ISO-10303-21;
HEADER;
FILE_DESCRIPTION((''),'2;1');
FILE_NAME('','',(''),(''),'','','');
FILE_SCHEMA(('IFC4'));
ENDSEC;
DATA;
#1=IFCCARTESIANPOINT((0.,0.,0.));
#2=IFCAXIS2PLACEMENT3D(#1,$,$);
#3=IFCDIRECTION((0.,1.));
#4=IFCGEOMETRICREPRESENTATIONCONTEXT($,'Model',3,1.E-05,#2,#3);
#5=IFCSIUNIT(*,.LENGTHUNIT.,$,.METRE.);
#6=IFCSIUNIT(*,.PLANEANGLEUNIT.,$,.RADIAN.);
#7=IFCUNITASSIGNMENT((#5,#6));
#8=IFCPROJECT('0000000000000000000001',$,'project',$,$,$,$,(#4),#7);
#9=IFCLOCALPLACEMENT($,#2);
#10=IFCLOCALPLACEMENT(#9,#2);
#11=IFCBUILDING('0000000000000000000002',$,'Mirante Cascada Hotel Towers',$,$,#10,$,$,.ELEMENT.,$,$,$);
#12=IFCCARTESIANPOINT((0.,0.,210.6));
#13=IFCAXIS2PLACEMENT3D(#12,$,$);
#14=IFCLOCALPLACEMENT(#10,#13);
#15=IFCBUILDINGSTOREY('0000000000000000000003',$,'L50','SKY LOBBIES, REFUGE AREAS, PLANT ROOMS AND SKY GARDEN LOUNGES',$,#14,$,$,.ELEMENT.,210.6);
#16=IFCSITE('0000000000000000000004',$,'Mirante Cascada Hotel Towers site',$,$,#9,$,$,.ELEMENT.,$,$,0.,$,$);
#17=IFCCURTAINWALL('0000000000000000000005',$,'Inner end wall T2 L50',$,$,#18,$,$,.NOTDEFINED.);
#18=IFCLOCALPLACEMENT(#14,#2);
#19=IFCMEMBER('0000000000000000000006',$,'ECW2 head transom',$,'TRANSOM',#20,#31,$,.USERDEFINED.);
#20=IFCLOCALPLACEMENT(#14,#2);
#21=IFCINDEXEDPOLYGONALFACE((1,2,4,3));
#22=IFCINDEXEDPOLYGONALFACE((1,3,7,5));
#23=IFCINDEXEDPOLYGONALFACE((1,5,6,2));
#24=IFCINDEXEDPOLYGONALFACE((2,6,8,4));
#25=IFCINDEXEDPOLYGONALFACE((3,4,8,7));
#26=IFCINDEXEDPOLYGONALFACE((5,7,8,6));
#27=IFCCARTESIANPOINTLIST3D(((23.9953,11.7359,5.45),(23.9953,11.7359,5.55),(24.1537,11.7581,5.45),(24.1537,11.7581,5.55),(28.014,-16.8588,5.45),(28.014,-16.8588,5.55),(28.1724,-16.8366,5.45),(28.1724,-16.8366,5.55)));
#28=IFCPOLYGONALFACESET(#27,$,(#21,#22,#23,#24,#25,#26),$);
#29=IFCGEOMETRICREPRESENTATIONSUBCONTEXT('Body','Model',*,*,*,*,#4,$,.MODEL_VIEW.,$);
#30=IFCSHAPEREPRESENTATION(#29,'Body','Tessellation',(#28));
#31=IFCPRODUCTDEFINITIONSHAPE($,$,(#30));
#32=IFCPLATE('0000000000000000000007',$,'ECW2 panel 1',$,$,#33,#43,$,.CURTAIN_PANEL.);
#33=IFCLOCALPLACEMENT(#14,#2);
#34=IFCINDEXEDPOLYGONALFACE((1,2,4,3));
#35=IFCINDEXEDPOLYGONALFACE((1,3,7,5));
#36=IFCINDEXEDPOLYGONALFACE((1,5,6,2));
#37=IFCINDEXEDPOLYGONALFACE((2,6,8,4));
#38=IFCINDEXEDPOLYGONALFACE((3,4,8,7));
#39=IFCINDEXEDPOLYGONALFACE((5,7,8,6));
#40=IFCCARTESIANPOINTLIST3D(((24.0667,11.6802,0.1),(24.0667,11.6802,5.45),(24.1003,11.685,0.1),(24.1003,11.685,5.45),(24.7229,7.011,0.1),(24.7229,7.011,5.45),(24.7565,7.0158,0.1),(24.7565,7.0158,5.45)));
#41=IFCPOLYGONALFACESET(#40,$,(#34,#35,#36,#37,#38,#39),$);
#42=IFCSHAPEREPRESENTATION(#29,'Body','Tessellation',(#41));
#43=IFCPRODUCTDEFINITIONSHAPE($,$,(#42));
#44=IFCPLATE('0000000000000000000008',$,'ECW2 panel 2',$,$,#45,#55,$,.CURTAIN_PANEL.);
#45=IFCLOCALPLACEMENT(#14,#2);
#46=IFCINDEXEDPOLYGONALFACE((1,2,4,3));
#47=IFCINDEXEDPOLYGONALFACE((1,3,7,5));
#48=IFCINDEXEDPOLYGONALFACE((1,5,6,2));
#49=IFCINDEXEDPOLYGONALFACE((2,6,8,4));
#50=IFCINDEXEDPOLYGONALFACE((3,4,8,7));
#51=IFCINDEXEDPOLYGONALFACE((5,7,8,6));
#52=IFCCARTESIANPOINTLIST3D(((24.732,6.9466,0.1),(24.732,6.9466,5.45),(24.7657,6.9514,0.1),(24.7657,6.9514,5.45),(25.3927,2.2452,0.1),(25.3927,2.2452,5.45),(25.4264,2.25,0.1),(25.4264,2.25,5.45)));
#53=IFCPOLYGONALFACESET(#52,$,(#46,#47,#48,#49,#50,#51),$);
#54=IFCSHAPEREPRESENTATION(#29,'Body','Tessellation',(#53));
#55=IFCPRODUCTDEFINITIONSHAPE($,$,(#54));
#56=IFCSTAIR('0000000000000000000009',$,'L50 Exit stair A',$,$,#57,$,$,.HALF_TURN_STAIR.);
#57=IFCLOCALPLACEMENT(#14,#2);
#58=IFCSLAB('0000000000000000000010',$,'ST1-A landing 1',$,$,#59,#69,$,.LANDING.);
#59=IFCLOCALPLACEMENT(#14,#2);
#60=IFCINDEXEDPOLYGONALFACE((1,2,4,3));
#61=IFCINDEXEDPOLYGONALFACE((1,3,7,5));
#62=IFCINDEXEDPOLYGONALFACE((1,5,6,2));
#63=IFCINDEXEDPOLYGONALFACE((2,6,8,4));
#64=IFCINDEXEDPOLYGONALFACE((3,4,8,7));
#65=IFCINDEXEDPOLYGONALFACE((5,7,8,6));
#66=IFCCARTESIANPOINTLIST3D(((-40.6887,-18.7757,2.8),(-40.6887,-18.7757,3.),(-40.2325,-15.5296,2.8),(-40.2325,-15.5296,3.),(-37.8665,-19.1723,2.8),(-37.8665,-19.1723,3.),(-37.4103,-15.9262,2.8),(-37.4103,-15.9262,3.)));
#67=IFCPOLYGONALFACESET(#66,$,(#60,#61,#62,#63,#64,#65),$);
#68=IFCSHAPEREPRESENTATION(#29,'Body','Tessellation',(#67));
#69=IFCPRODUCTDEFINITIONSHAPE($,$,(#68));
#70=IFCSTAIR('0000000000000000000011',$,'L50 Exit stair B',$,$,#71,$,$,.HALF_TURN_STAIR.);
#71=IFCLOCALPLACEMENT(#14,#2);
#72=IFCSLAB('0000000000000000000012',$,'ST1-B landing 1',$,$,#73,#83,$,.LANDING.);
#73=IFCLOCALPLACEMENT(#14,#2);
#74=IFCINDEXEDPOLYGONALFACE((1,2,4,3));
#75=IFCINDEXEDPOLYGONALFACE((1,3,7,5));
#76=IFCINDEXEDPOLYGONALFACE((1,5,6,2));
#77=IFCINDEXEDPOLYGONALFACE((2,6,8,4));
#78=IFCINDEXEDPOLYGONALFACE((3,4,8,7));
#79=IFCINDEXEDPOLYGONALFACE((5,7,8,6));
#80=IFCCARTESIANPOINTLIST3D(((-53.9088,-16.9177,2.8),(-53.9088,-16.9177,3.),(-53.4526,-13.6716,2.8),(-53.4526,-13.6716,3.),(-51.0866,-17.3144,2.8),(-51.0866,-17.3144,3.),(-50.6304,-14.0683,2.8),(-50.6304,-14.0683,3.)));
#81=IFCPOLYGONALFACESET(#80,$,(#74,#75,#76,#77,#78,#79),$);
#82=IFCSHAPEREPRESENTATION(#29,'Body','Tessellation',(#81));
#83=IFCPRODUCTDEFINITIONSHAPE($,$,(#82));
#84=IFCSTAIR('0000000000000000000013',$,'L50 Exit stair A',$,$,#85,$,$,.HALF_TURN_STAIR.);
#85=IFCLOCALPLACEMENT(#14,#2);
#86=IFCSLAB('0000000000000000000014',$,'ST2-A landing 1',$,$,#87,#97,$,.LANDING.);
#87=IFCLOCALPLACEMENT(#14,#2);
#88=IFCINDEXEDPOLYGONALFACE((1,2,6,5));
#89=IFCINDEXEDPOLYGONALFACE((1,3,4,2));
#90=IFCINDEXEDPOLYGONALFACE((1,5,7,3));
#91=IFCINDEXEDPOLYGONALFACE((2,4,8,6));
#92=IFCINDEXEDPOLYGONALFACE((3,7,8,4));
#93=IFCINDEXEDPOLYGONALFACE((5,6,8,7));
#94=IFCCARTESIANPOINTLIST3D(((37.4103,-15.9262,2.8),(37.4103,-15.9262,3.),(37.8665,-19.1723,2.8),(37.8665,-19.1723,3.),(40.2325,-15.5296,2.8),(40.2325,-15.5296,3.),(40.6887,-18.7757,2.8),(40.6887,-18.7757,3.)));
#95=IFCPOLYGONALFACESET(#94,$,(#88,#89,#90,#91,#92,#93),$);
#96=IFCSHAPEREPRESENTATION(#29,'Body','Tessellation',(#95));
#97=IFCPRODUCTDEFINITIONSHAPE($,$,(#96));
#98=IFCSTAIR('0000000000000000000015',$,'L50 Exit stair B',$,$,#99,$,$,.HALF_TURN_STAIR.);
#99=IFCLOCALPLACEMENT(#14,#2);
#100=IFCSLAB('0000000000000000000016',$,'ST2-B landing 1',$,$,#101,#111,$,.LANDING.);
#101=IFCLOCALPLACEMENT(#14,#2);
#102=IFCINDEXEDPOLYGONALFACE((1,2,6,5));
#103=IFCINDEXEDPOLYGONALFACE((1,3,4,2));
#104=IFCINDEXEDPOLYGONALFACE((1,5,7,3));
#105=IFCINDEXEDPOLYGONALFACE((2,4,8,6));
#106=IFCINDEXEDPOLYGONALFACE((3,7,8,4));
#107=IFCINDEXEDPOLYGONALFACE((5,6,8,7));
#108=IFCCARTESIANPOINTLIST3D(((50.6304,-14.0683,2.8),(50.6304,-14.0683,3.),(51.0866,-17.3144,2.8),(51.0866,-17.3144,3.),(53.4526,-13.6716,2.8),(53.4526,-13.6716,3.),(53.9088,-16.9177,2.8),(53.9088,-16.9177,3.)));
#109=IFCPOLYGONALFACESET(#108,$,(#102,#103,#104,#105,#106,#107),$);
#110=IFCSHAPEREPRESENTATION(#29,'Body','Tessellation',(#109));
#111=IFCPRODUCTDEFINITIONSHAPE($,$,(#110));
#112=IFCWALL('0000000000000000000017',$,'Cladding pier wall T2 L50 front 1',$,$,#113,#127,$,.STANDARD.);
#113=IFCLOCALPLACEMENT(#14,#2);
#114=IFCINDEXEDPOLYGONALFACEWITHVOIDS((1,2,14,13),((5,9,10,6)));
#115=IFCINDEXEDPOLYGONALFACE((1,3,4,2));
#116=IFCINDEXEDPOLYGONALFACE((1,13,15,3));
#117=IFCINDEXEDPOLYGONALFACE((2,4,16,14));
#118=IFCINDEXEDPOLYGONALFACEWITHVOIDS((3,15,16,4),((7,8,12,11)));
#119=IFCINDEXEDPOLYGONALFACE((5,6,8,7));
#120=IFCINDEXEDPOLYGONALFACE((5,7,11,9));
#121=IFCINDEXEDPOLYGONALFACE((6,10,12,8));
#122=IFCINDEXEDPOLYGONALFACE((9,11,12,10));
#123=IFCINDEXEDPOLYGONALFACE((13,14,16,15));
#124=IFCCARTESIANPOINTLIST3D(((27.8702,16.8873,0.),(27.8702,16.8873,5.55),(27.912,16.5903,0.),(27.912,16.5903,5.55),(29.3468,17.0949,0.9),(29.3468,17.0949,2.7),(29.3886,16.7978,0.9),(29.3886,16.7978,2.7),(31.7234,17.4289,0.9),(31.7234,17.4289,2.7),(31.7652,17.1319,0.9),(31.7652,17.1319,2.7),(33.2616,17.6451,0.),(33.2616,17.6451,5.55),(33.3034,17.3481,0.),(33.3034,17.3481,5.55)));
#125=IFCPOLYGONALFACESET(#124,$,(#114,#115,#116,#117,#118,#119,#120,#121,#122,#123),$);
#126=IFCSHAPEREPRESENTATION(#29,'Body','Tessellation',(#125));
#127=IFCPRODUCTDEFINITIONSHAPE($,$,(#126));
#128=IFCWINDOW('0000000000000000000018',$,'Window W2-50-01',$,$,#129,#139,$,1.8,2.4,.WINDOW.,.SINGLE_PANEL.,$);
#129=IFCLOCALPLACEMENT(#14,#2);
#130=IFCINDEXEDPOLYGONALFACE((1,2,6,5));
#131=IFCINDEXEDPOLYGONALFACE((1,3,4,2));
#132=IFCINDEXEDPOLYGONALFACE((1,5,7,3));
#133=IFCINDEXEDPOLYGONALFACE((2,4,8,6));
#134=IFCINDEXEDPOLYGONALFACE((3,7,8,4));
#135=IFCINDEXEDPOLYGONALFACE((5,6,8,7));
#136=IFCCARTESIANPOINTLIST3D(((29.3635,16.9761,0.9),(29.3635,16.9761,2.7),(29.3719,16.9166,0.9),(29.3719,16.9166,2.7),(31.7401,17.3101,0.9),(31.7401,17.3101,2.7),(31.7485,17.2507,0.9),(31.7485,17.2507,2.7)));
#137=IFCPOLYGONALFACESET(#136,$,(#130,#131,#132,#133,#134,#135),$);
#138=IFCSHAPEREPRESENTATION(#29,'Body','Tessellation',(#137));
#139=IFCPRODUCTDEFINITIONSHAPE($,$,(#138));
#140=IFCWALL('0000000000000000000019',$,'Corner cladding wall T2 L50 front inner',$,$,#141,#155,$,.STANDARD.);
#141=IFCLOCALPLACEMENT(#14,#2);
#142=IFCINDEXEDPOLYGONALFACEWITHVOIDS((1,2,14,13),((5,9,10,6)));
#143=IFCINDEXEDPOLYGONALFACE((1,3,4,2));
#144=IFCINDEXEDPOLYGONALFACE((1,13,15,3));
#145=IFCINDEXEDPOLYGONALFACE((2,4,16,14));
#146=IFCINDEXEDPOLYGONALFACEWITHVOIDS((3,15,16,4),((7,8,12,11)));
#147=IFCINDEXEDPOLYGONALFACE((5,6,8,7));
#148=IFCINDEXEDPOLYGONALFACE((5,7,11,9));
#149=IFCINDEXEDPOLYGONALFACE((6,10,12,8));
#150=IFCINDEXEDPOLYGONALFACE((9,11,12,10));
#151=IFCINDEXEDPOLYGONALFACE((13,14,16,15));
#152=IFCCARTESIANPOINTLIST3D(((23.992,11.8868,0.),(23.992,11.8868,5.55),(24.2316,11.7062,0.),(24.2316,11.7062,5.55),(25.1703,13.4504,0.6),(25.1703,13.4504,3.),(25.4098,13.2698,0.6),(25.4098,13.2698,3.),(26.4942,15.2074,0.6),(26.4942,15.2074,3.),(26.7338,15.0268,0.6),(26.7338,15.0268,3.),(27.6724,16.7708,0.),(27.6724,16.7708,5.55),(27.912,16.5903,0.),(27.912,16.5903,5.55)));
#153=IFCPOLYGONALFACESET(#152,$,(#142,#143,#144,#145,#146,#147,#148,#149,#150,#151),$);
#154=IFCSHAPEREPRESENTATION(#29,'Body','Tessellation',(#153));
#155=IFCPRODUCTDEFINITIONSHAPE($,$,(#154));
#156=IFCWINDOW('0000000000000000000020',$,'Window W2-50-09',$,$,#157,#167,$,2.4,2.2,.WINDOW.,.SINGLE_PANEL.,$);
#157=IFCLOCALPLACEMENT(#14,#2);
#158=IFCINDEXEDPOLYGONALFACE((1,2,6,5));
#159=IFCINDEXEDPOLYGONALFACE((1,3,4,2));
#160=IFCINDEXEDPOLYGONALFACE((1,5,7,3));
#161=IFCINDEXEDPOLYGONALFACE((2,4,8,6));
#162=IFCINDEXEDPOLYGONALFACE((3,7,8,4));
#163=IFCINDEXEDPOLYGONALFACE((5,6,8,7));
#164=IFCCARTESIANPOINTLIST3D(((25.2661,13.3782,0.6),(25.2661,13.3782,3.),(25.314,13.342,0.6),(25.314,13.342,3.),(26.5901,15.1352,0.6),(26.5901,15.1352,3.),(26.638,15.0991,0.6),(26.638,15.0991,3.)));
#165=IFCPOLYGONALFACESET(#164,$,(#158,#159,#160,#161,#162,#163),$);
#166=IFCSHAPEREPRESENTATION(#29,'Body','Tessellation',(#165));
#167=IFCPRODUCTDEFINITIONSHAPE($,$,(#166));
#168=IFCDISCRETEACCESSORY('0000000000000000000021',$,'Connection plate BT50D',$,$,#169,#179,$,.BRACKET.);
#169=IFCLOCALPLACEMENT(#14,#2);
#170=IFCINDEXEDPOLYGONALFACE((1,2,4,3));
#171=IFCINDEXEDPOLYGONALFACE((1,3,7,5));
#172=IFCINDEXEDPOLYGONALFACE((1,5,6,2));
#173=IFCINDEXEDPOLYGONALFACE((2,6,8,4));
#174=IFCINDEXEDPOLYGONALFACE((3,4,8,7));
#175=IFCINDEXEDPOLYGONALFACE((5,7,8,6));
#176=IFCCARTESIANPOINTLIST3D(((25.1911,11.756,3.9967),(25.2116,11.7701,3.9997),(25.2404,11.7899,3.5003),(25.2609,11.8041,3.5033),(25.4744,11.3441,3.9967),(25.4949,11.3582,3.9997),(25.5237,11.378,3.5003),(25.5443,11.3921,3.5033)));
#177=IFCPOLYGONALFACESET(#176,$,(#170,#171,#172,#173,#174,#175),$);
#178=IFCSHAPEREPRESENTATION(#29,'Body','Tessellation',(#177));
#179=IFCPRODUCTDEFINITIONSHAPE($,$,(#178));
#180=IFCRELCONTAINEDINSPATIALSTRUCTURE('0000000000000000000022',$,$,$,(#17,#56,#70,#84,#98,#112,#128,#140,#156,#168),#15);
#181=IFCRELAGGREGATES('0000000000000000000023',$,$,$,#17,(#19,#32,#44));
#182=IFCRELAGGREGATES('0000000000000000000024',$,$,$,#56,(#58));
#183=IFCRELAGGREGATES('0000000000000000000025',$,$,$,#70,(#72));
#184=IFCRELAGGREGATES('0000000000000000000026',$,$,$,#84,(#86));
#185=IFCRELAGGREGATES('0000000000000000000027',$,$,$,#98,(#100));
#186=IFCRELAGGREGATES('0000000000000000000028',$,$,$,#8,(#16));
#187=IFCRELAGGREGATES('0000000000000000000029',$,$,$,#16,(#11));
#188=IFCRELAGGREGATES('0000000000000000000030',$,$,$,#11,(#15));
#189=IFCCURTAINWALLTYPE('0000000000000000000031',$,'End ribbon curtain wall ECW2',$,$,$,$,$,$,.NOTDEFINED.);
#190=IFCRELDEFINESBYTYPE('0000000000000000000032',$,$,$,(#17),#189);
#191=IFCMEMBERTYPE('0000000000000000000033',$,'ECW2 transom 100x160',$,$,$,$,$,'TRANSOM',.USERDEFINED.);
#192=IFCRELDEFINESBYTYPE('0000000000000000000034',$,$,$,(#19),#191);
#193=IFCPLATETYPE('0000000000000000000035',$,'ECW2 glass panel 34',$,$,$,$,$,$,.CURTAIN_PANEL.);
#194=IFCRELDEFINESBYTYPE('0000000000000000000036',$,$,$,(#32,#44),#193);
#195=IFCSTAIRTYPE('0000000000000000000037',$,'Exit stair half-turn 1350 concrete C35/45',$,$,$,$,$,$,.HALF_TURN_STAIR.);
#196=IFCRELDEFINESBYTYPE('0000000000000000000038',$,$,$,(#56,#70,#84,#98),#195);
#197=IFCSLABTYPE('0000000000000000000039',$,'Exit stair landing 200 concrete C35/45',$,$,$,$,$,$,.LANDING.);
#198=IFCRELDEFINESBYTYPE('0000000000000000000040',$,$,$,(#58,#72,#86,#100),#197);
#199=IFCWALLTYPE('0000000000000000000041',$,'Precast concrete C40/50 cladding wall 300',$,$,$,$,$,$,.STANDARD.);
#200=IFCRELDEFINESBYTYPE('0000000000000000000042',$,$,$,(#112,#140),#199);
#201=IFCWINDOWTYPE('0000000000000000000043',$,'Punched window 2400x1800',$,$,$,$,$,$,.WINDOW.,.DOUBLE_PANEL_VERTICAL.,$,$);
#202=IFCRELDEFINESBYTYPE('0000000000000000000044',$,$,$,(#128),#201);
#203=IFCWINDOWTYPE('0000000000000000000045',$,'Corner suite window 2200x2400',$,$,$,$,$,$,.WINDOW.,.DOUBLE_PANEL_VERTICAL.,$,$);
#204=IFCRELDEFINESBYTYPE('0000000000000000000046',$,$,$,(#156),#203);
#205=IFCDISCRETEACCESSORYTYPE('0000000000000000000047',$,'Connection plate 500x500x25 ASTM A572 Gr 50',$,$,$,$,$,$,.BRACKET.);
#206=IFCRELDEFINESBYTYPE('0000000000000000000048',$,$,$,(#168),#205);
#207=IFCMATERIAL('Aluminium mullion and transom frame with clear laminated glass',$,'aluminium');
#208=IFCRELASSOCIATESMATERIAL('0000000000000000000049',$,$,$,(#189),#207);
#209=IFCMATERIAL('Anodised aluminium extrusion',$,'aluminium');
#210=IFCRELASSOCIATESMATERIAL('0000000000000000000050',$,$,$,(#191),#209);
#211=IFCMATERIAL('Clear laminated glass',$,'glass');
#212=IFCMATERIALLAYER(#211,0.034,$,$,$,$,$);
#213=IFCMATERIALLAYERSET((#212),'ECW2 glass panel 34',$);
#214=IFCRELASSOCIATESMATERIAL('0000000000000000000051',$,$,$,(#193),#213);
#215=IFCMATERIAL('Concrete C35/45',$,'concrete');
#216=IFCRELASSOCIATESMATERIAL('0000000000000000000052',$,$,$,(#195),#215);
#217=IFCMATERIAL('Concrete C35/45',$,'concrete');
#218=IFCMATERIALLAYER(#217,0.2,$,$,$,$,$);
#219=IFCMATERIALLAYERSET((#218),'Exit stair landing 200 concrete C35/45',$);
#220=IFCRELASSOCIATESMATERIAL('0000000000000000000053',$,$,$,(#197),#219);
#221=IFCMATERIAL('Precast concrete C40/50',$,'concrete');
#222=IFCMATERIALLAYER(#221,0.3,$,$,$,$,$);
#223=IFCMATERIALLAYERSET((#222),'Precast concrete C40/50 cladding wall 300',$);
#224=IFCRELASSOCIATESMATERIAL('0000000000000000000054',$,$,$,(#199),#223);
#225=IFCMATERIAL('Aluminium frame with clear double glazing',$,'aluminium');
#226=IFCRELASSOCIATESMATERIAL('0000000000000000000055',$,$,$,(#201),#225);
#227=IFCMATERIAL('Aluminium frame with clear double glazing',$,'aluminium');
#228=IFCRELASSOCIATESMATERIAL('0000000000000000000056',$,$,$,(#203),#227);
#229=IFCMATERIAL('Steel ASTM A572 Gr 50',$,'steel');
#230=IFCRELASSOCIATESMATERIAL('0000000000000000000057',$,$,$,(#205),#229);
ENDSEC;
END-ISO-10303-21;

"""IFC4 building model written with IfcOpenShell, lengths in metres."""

from ifc_helpers import new_model, si_unit, direction, frame, frame_2d, origin, origin_2d, place, context, subcontext, project, spatial, polyline, rectangle, outline, extrude, material, layer, layer_set, material_profile, profile_set, type_object, element, fill, aggregate, save


model = new_model("IFC4")

# Units and contexts
model_context = context("Model", 3, precision=1e-05, world=origin(), true_north=direction((0.0, 1.0)))
body_context = subcontext(model_context, "Body", "Model", "MODEL_VIEW")
ifc_project = project(units=[si_unit("LENGTHUNIT", "METRE"), si_unit("PLANEANGLEUNIT", "RADIAN")], contexts=[model_context])

# Site, building, storey
site_placement = place(None, origin())
site = spatial("IfcSite", under=ifc_project, at=site_placement, Name="Mirante Cascada Hotel Towers site", CompositionType="ELEMENT", RefElevation=0.0)
building_placement = place(site_placement, origin())
building = spatial("IfcBuilding", under=site, at=building_placement, Name="Mirante Cascada Hotel Towers", CompositionType="ELEMENT")
storey_placement = place(building_placement, frame((0.0, 0.0, 210.6)))
storey = spatial("IfcBuildingStorey", under=building, at=storey_placement, Name="L50", Description="SKY LOBBIES, REFUGE AREAS, PLANT ROOMS AND SKY GARDEN LOUNGES", CompositionType="ELEMENT", Elevation=210.6)

# Curtain wall, member, plates
ifc_material_1 = material(Name="Aluminium mullion and transom frame with clear laminated glass", Category="aluminium")
curtain_wall_type = type_object("IfcCurtainWallType", Name="End ribbon curtain wall ECW2", PredefinedType="NOTDEFINED", material=ifc_material_1)
curtain_wall_placement = place(storey_placement, origin())
curtain_wall = element("IfcCurtainWall", 1, at=curtain_wall_placement, inside=storey, type_object=curtain_wall_type, Name="Inner end wall T2 L50", PredefinedType="NOTDEFINED")
ifc_material_2 = material(Name="Anodised aluminium extrusion", Category="aluminium")
ifc_material_profile_1 = material_profile(ifc_material_2, rectangle(XDim=0.16, YDim=0.1, at=origin_2d()), Name="ECW2 TRANSOM 100x160")
ifc_profile_set_1 = profile_set([ifc_material_profile_1], Name="Anodised aluminium extrusion")
member_type_1 = type_object("IfcMemberType", Name="ECW2 transom 100x160", ElementType="TRANSOM", PredefinedType="USERDEFINED", material=ifc_profile_set_1)
member_1_placement = place(storey_placement, frame((24.0745, 11.747, 5.5), z_axis=(0.139172, -0.990268, 0.0), x_axis=(0.990268, 0.139172, 0.0)))
member_1 = element("IfcMember", 2, at=member_1_placement, type_object=member_type_1, Name="ECW2 head transom", ObjectType="TRANSOM", PredefinedType="USERDEFINED", context=body_context, shape_type="SweptSolid", body=[
    extrude(rectangle(XDim=0.16, YDim=0.1, at=origin_2d()), origin(), (0.0, 0.0, 1.0), 28.8757),
])
ifc_material_3 = material(Name="Clear laminated glass", Category="glass")
ifc_layer_1 = layer(ifc_material_3, 0.034)
ifc_layer_set_1 = layer_set([ifc_layer_1], Name="ECW2 glass panel 34")
plate_type = type_object("IfcPlateType", Name="ECW2 glass panel 34", PredefinedType="CURTAIN_PANEL", material=ifc_layer_set_1)
plate_1_placement = place(storey_placement, frame((24.4116, 9.348, 0.1), z_axis=(0.0, 0.0, 1.0), x_axis=(0.139173, -0.990268, 0.0)))
plate_1 = element("IfcPlate", 3, at=plate_1_placement, type_object=plate_type, Name="ECW2 panel 1", PredefinedType="CURTAIN_PANEL", context=body_context, shape_type="SweptSolid", body=[
    extrude(rectangle(XDim=4.7151, YDim=0.034, at=origin_2d()), origin(), (0.0, 0.0, 1.0), 5.35),
])
plate_2_placement = place(storey_placement, frame((25.0792, 4.5983, 0.1), z_axis=(0.0, 0.0, 1.0), x_axis=(0.139173, -0.990268, 0.0)))
plate_2 = element("IfcPlate", 4, at=plate_2_placement, type_object=plate_type, Name="ECW2 panel 2", PredefinedType="CURTAIN_PANEL", context=body_context, shape_type="SweptSolid", body=[
    extrude(rectangle(XDim=4.7476, YDim=0.034, at=origin_2d()), origin(), (0.0, 0.0, 1.0), 5.35),
])
aggregate(curtain_wall, [member_1, plate_1, plate_2])

# Stairs, slabs
ifc_material_4 = material(Name="Concrete C35/45", Category="concrete")
stair_type = type_object("IfcStairType", Name="Exit stair half-turn 1350 concrete C35/45", PredefinedType="HALF_TURN_STAIR", material=ifc_material_4)
stair_1_placement = place(storey_placement, origin())
stair_1 = element("IfcStair", 5, at=stair_1_placement, inside=storey, type_object=stair_type, Name="L50 Exit stair A", PredefinedType="HALF_TURN_STAIR")
ifc_material_5 = material(Name="Concrete C35/45", Category="concrete")
ifc_layer_2 = layer(ifc_material_5, 0.2)
ifc_layer_set_2 = layer_set([ifc_layer_2], Name="Exit stair landing 200 concrete C35/45")
slab_type = type_object("IfcSlabType", Name="Exit stair landing 200 concrete C35/45", PredefinedType="LANDING", material=ifc_layer_set_2)
slab_1_placement = place(storey_placement, frame((0.0, 0.0, 2.8)))
slab_1 = element("IfcSlab", 6, at=slab_1_placement, type_object=slab_type, Name="ST1-A landing 1", PredefinedType="LANDING", context=body_context, shape_type="SweptSolid", body=[
    extrude(outline(polyline([(-40.2325, -15.5296), (-40.6887, -18.7757), (-37.8665, -19.1723), (-37.4103, -15.9262), (-40.2325, -15.5296)])), origin(), (0.0, 0.0, 1.0), 0.2),
])
aggregate(stair_1, [slab_1])
stair_2_placement = place(storey_placement, origin())
stair_2 = element("IfcStair", 7, at=stair_2_placement, inside=storey, type_object=stair_type, Name="L50 Exit stair B", PredefinedType="HALF_TURN_STAIR")
slab_2_placement = place(storey_placement, frame((0.0, 0.0, 2.8)))
slab_2 = element("IfcSlab", 8, at=slab_2_placement, type_object=slab_type, Name="ST1-B landing 1", PredefinedType="LANDING", context=body_context, shape_type="SweptSolid", body=[
    extrude(outline(polyline([(-53.4526, -13.6716), (-53.9088, -16.9177), (-51.0866, -17.3144), (-50.6304, -14.0683), (-53.4526, -13.6716)])), origin(), (0.0, 0.0, 1.0), 0.2),
])
aggregate(stair_2, [slab_2])
stair_3_placement = place(storey_placement, origin())
stair_3 = element("IfcStair", 9, at=stair_3_placement, inside=storey, type_object=stair_type, Name="L50 Exit stair A", PredefinedType="HALF_TURN_STAIR")
slab_3_placement = place(storey_placement, frame((0.0, 0.0, 2.8)))
slab_3 = element("IfcSlab", 10, at=slab_3_placement, type_object=slab_type, Name="ST2-A landing 1", PredefinedType="LANDING", context=body_context, shape_type="SweptSolid", body=[
    extrude(outline(polyline([(37.4103, -15.9262), (37.8665, -19.1723), (40.6887, -18.7757), (40.2325, -15.5296), (37.4103, -15.9262)])), origin(), (0.0, 0.0, 1.0), 0.2),
])
aggregate(stair_3, [slab_3])
stair_4_placement = place(storey_placement, origin())
stair_4 = element("IfcStair", 11, at=stair_4_placement, inside=storey, type_object=stair_type, Name="L50 Exit stair B", PredefinedType="HALF_TURN_STAIR")
slab_4_placement = place(storey_placement, frame((0.0, 0.0, 2.8)))
slab_4 = element("IfcSlab", 12, at=slab_4_placement, type_object=slab_type, Name="ST2-B landing 1", PredefinedType="LANDING", context=body_context, shape_type="SweptSolid", body=[
    extrude(outline(polyline([(50.6304, -14.0683), (51.0866, -17.3144), (53.9088, -16.9177), (53.4526, -13.6716), (50.6304, -14.0683)])), origin(), (0.0, 0.0, 1.0), 0.2),
])
aggregate(stair_4, [slab_4])

# Walls, openings, windows
ifc_material_6 = material(Name="Precast concrete C40/50", Category="concrete")
ifc_layer_3 = layer(ifc_material_6, 0.3)
ifc_layer_set_3 = layer_set([ifc_layer_3], Name="Precast concrete C40/50 cladding wall 300")
wall_type = type_object("IfcWallType", Name="Precast concrete C40/50 cladding wall 300", PredefinedType="STANDARD", material=ifc_layer_set_3)
wall_1_placement = place(storey_placement, frame((27.8911, 16.7388, 0.0), z_axis=(0.0, 0.0, 1.0), x_axis=(0.990266, 0.139189, 0.0)))
wall_1 = element("IfcWall", 13, at=wall_1_placement, inside=storey, type_object=wall_type, Name="Cladding pier wall T2 L50 front 1", PredefinedType="STANDARD", context=body_context, shape_type="SweptSolid", body=[
    extrude(rectangle(XDim=5.4444, YDim=0.3, at=frame_2d((2.7222, 0.0))), origin(), (0.0, 0.0, 1.0), 5.55),
])
opening_1_placement = place(wall_1_placement, frame((1.4911, 0.0, 0.9)))
opening_1 = element("IfcOpeningElement", 14, at=opening_1_placement, cuts=wall_1, PredefinedType="OPENING", context=body_context, shape_type="SweptSolid", body=[
    extrude(rectangle(XDim=2.4, YDim=1.8, at=frame_2d((1.2, 0.9))), frame((0.0, 0.15, 0.0), z_axis=(0.0, -1.0, 0.0), x_axis=(1.0, 0.0, 0.0)), (0.0, 0.0, 1.0), 0.3),
])
ifc_material_7 = material(Name="Aluminium frame with clear double glazing", Category="aluminium")
window_type_1 = type_object("IfcWindowType", Name="Punched window 2400x1800", PartitioningType="DOUBLE_PANEL_VERTICAL", PredefinedType="WINDOW", material=ifc_material_7)
window_1_placement = place(opening_1_placement, origin())
window_1 = element("IfcWindow", 15, at=window_1_placement, inside=storey, type_object=window_type_1, Name="Window W2-50-01", OverallHeight=1.8, OverallWidth=2.4, PartitioningType="SINGLE_PANEL", PredefinedType="WINDOW", context=body_context, shape_type="SweptSolid", body=[
    extrude(rectangle(XDim=2.4, YDim=1.8, at=frame_2d((1.2, 0.9))), frame((0.0, 0.03, 0.0), z_axis=(0.0, -1.0, 0.0), x_axis=(1.0, 0.0, 0.0)), (0.0, 0.0, 1.0), 0.06),
])
fill(opening_1, window_1)
wall_2_placement = place(storey_placement, frame((27.7922, 16.6806, 0.0), z_axis=(0.0, 0.0, 1.0), x_axis=(-0.601812, -0.798638, 0.0)))
wall_2 = element("IfcWall", 16, at=wall_2_placement, inside=storey, type_object=wall_type, Name="Corner cladding wall T2 L50 front inner", PredefinedType="STANDARD", context=body_context, shape_type="SweptSolid", body=[
    extrude(rectangle(XDim=6.1155, YDim=0.3, at=frame_2d((3.0578, 0.0))), origin(), (0.0, 0.0, 1.0), 5.55),
])
opening_2_placement = place(wall_2_placement, frame((1.9577, 0.0, 0.6)))
opening_2 = element("IfcOpeningElement", 17, at=opening_2_placement, cuts=wall_2, PredefinedType="OPENING", context=body_context, shape_type="SweptSolid", body=[
    extrude(rectangle(XDim=2.2, YDim=2.4, at=frame_2d((1.1, 1.2))), frame((0.0, 0.15, 0.0), z_axis=(0.0, -1.0, 0.0), x_axis=(1.0, 0.0, 0.0)), (0.0, 0.0, 1.0), 0.3),
])
ifc_material_8 = material(Name="Aluminium frame with clear double glazing", Category="aluminium")
window_type_2 = type_object("IfcWindowType", Name="Corner suite window 2200x2400", PartitioningType="DOUBLE_PANEL_VERTICAL", PredefinedType="WINDOW", material=ifc_material_8)
window_2_placement = place(opening_2_placement, origin())
window_2 = element("IfcWindow", 18, at=window_2_placement, inside=storey, type_object=window_type_2, Name="Window W2-50-09", OverallHeight=2.4, OverallWidth=2.2, PartitioningType="SINGLE_PANEL", PredefinedType="WINDOW", context=body_context, shape_type="SweptSolid", body=[
    extrude(rectangle(XDim=2.2, YDim=2.4, at=frame_2d((1.1, 1.2))), frame((0.0, 0.03, 0.0), z_axis=(0.0, -1.0, 0.0), x_axis=(1.0, 0.0, 0.0)), (0.0, 0.0, 1.0), 0.06),
])
fill(opening_2, window_2)

# Discrete accessory
ifc_material_9 = material(Name="Steel ASTM A572 Gr 50", Category="steel")
ifc_material_profile_2 = material_profile(ifc_material_9, rectangle(XDim=0.5, YDim=0.5, at=origin_2d()), Name="Connection plate 500x500x25 ASTM A572 Gr 50")
ifc_profile_set_2 = profile_set([ifc_material_profile_2], Name="Steel ASTM A572 Gr 50")
discrete_accessory_type_1 = type_object("IfcDiscreteAccessoryType", Name="Connection plate 500x500x25 ASTM A572 Gr 50", PredefinedType="BRACKET", material=ifc_profile_set_2)
discrete_accessory_1_placement = place(storey_placement, frame((25.3574, 11.567, 3.7485), z_axis=(0.818, 0.562624, 0.119707), x_axis=(-0.566699, 0.823925, 0.0)))
element("IfcDiscreteAccessory", 19, at=discrete_accessory_1_placement, inside=storey, type_object=discrete_accessory_type_1, Name="Connection plate BT50D", PredefinedType="BRACKET", context=body_context, shape_type="SweptSolid", body=[
    extrude(rectangle(XDim=0.5, YDim=0.5, at=origin_2d()), origin(), (0.0, 0.0, 1.0), 0.0251),
])

save(model, "model.ifc")
